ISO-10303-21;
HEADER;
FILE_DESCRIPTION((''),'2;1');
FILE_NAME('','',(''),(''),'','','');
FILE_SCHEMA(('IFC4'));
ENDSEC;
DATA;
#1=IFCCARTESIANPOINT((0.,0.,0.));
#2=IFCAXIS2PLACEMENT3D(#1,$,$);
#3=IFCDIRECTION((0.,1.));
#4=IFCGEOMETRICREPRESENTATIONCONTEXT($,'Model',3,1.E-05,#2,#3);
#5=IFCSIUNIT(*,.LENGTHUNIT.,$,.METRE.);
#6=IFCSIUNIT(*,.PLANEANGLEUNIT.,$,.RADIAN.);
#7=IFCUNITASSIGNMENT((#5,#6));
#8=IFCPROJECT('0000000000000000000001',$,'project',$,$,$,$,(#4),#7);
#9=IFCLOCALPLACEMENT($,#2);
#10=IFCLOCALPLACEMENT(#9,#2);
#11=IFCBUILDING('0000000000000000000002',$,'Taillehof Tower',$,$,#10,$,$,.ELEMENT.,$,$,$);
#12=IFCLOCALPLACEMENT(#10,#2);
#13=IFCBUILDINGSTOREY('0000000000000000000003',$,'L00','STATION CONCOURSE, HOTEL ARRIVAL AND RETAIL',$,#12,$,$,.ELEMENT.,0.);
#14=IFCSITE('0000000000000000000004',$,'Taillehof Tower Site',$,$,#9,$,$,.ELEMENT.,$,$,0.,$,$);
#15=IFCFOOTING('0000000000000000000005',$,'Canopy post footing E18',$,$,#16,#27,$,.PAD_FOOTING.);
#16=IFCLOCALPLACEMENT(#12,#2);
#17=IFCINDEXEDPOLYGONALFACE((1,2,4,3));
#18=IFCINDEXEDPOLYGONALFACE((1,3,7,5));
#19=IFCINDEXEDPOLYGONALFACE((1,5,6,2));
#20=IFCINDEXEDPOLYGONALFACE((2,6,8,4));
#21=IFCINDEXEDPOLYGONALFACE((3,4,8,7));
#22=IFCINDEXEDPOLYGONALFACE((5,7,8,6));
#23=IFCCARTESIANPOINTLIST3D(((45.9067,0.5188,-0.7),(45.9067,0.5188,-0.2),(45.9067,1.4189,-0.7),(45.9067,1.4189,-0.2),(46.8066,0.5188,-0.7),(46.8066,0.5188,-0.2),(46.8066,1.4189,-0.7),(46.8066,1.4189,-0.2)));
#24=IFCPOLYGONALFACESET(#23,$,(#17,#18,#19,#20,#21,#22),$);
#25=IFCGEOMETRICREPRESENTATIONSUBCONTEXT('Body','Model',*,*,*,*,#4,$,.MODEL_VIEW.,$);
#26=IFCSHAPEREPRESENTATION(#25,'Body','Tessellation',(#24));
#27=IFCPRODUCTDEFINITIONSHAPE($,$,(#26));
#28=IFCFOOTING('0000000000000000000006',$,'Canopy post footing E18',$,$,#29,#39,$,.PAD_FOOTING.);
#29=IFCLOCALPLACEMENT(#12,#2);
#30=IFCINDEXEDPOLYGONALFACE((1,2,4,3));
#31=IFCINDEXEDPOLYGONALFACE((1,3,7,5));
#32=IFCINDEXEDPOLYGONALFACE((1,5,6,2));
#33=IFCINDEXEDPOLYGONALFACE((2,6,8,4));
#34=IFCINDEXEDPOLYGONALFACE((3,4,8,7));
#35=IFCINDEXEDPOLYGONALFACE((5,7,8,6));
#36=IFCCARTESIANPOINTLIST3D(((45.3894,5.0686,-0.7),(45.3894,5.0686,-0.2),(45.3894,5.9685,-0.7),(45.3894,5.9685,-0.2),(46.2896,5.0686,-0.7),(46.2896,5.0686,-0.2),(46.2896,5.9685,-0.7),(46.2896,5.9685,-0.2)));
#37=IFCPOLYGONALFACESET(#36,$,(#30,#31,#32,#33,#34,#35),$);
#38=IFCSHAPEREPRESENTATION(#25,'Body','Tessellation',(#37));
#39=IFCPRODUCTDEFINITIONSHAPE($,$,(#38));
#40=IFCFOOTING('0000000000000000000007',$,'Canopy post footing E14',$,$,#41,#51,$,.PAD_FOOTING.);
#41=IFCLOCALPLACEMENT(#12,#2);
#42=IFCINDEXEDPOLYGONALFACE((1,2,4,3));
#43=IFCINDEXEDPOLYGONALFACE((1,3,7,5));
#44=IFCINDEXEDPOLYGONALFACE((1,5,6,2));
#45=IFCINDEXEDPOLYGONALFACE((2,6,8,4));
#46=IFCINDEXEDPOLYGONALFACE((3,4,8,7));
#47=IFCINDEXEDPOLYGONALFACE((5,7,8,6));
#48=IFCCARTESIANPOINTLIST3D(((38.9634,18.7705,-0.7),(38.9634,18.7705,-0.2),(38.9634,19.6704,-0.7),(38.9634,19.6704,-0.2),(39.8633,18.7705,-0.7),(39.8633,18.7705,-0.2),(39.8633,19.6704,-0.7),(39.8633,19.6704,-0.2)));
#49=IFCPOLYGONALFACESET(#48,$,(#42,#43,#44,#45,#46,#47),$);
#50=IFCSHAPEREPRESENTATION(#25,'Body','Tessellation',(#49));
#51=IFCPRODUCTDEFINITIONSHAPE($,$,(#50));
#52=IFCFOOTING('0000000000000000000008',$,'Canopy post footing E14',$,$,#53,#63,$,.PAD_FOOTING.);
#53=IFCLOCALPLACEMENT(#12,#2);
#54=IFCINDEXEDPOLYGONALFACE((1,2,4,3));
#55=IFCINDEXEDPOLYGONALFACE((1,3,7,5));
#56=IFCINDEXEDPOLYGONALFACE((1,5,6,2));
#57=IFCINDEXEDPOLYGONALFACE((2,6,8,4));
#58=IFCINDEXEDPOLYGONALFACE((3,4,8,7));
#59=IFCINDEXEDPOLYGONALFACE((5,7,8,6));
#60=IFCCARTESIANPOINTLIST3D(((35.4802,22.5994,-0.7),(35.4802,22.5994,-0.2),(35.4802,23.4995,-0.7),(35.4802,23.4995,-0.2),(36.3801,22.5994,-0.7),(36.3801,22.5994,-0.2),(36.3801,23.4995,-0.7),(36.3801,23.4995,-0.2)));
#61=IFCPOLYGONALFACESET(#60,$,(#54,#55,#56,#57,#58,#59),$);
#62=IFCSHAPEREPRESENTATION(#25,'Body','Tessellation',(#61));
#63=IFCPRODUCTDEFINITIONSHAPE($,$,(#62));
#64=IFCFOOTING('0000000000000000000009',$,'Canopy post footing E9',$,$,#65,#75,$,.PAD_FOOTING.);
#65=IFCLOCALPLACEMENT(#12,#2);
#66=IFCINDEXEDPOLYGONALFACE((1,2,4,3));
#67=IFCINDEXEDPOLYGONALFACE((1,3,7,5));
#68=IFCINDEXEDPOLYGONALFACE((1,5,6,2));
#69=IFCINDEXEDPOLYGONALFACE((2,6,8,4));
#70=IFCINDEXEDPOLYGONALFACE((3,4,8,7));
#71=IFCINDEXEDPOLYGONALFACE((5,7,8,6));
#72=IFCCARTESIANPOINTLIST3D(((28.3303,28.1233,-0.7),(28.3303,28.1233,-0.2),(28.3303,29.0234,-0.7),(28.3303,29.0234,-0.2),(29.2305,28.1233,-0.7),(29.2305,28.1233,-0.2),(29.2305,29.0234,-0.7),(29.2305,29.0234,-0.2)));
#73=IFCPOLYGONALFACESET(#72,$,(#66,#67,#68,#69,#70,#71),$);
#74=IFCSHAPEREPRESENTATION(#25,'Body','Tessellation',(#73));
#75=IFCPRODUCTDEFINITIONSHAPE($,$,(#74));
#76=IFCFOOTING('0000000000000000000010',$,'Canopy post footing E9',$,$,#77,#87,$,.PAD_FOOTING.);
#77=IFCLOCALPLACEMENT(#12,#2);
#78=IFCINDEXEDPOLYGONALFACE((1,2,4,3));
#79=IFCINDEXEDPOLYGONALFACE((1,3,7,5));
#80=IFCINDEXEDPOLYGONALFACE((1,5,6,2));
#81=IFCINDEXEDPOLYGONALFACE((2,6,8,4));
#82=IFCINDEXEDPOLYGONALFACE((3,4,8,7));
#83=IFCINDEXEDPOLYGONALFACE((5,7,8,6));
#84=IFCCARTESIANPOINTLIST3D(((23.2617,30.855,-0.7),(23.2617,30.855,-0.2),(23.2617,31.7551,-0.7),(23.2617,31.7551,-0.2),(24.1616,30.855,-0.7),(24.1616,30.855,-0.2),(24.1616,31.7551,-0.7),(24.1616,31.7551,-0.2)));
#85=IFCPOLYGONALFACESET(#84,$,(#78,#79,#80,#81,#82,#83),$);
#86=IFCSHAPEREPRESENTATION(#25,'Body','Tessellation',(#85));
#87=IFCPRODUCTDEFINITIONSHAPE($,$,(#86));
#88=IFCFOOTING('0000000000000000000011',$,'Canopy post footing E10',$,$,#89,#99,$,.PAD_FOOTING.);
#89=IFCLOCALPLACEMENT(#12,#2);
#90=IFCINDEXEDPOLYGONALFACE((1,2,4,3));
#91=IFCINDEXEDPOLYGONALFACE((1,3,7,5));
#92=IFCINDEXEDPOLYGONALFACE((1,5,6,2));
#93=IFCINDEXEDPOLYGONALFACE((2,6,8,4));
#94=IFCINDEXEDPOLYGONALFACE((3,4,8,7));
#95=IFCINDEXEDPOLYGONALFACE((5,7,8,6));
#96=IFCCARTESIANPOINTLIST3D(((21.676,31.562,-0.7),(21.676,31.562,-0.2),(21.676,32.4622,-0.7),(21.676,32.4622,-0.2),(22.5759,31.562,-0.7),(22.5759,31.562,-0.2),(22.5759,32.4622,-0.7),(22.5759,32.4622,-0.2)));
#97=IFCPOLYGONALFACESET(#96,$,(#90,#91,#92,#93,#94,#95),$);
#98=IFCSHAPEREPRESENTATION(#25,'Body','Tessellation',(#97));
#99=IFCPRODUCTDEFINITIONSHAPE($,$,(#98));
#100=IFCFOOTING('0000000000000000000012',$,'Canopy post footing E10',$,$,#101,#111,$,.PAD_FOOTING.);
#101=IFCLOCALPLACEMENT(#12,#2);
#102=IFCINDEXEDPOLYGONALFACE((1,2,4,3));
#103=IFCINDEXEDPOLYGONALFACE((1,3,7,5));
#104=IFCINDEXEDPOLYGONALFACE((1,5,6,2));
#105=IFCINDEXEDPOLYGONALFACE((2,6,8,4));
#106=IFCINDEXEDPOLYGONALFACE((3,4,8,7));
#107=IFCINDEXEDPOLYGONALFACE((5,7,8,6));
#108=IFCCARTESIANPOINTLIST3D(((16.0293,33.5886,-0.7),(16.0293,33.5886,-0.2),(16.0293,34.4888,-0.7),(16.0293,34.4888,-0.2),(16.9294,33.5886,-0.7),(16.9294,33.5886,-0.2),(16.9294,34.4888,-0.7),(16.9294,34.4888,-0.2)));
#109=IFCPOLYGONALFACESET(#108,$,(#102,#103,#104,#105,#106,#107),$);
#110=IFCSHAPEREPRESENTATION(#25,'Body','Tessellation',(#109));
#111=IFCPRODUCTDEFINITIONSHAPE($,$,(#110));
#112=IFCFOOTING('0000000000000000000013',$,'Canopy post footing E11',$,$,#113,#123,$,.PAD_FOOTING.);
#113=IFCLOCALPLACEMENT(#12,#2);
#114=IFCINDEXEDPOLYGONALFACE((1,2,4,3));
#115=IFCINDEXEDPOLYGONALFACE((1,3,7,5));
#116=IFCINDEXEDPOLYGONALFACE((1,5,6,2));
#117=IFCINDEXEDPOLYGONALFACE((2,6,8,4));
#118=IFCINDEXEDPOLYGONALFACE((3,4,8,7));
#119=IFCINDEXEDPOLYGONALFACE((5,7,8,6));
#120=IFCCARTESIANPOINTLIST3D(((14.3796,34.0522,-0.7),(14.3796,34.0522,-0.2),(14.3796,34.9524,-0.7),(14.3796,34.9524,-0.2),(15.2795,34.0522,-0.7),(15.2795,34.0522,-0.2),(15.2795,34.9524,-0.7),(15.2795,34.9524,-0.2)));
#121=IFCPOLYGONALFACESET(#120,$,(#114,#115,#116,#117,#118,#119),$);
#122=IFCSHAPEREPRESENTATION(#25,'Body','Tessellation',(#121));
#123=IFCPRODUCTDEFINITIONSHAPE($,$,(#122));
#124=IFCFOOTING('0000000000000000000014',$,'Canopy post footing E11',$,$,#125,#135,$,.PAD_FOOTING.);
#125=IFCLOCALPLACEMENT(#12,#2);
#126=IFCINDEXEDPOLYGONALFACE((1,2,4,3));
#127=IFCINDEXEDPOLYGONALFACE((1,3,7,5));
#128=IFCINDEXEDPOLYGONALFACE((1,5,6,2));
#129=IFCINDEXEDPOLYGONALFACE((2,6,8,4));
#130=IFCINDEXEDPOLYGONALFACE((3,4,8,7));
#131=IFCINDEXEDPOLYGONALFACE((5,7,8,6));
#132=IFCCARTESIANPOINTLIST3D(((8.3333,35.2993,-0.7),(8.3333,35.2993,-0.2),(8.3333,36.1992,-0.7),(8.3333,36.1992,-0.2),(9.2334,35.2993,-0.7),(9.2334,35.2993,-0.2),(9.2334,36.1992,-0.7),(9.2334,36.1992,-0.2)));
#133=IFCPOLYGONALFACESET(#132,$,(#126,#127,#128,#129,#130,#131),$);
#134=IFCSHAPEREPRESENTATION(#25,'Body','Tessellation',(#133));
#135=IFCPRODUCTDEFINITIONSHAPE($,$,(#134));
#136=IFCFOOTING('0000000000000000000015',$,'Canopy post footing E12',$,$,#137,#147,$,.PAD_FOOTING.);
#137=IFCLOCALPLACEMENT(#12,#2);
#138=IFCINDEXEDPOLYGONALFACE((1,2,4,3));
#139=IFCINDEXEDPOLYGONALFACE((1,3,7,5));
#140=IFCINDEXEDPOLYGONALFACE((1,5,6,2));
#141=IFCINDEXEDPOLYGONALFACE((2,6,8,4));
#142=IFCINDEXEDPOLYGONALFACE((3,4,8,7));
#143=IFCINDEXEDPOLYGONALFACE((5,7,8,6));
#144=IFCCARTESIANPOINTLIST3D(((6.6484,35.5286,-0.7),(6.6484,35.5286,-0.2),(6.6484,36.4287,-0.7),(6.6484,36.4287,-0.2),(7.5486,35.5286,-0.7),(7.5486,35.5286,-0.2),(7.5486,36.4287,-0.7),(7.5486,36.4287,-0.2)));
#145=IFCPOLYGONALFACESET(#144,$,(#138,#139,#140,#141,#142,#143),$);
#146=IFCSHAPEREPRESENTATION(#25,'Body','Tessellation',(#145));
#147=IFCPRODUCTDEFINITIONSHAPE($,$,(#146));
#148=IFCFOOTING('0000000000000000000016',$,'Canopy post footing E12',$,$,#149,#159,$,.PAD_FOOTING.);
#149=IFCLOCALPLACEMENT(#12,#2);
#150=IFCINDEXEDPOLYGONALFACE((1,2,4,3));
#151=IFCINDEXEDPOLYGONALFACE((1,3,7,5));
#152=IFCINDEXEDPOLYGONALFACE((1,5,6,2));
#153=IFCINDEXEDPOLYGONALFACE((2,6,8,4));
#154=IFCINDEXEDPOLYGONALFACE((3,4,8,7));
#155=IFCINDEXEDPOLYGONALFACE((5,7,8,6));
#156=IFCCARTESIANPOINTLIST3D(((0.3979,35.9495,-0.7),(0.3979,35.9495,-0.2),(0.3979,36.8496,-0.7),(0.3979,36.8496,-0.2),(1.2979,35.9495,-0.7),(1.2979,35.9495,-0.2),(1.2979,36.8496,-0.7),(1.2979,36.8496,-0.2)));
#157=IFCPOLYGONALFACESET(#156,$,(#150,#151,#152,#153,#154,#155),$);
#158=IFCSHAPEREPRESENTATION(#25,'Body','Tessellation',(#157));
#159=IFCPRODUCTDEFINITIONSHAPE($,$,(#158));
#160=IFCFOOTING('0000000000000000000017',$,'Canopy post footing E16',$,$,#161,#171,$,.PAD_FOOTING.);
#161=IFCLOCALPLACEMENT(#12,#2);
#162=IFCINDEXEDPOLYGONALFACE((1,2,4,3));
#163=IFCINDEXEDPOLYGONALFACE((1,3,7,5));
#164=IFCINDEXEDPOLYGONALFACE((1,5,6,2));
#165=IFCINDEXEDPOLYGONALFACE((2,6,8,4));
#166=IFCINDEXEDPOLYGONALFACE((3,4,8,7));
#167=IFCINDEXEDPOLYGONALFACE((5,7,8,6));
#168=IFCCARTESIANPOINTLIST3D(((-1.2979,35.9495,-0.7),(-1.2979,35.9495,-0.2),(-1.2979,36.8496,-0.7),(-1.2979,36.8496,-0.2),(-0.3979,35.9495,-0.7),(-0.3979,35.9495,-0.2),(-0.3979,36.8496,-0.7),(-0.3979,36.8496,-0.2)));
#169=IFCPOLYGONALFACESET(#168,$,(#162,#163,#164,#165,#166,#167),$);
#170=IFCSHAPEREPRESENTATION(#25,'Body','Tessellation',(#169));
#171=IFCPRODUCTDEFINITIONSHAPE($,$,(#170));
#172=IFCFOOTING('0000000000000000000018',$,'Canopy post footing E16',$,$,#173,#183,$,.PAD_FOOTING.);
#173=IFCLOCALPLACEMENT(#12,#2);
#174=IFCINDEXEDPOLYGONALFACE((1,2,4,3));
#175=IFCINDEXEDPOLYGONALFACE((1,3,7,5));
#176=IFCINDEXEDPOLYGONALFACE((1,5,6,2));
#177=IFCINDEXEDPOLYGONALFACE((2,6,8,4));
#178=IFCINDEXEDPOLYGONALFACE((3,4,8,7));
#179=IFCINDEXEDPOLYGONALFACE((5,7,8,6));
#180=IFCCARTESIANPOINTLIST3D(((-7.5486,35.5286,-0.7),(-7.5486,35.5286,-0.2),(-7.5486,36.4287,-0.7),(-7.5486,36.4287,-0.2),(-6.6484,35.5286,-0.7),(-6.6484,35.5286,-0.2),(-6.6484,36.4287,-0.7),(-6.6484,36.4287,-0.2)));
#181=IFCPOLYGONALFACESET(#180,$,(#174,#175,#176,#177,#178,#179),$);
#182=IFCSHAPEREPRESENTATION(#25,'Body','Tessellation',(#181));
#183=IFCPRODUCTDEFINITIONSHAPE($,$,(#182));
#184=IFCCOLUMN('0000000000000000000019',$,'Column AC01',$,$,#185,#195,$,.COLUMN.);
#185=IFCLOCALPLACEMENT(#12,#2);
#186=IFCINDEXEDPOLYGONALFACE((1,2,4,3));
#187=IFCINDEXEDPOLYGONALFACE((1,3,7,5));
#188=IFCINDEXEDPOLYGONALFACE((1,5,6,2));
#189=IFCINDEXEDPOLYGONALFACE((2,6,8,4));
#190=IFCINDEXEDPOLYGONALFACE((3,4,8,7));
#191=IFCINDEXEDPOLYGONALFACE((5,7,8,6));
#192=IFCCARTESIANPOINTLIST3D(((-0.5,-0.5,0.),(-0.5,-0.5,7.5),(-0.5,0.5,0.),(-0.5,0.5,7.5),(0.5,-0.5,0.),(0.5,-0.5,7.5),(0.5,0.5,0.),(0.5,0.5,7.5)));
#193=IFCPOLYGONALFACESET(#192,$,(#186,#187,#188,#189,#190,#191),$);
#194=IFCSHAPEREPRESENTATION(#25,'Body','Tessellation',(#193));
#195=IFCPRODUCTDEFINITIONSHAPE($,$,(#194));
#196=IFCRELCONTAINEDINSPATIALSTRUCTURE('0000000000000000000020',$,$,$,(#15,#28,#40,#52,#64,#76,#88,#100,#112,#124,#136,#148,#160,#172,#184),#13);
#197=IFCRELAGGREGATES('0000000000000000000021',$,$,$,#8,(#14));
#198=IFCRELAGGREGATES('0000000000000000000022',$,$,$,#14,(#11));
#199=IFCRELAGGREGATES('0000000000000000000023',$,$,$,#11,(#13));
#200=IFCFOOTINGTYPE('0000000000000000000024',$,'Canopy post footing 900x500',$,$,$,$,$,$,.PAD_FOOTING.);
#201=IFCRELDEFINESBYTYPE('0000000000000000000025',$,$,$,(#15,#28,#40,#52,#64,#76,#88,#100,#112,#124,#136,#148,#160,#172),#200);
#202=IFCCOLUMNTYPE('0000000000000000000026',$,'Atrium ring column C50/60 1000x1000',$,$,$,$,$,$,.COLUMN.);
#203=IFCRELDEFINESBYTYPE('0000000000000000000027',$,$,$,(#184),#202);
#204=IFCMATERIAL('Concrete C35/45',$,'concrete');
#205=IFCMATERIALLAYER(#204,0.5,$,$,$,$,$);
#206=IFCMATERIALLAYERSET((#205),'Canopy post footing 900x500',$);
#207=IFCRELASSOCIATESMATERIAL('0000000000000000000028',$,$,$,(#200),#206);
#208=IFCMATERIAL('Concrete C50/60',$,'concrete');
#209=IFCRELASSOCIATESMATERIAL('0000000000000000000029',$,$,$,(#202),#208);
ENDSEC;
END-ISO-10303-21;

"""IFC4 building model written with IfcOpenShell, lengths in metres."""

from ifc_helpers import new_model, si_unit, direction, frame, origin, origin_with_axes, origin_2d, place, context, subcontext, project, spatial, polyline, rectangle, outline, extrude, material, layer, layer_set, material_profile, profile_set, type_object, element, save


model = new_model("IFC4")

# Units and contexts
model_context = context("Model", 3, precision=1e-05, world=origin(), true_north=direction((0.0, 1.0)))
body_context = subcontext(model_context, "Body", "Model", "MODEL_VIEW")
ifc_project = project(units=[si_unit("LENGTHUNIT", "METRE"), si_unit("PLANEANGLEUNIT", "RADIAN")], contexts=[model_context])

# Site, building, storey
site_placement = place(None, origin())
site = spatial("IfcSite", under=ifc_project, at=site_placement, Name="Taillehof Tower Site", CompositionType="ELEMENT", RefElevation=0.0)
building_placement = place(site_placement, origin())
building = spatial("IfcBuilding", under=site, at=building_placement, Name="Taillehof Tower", CompositionType="ELEMENT")
storey_placement = place(building_placement, origin())
storey = spatial("IfcBuildingStorey", under=building, at=storey_placement, Name="L00", Description="STATION CONCOURSE, HOTEL ARRIVAL AND RETAIL", CompositionType="ELEMENT", Elevation=0.0)

# Footings
ifc_material_1 = material(Name="Concrete C35/45", Category="concrete")
ifc_layer_1 = layer(ifc_material_1, 0.5)
ifc_layer_set_1 = layer_set([ifc_layer_1], Name="Canopy post footing 900x500")
footing_type = type_object("IfcFootingType", Name="Canopy post footing 900x500", PredefinedType="PAD_FOOTING", material=ifc_layer_set_1)
footing_1_placement = place(storey_placement, frame((0.0, 0.0, -0.7)))
element("IfcFooting", 1, at=footing_1_placement, inside=storey, type_object=footing_type, Name="Canopy post footing E18", PredefinedType="PAD_FOOTING", context=body_context, shape_type="SweptSolid", body=[
    extrude(outline(polyline([(45.9067, 0.5188), (46.8066, 0.5188), (46.8066, 1.4189), (45.9067, 1.4189), (45.9067, 0.5188)])), origin(), (0.0, 0.0, 1.0), 0.5),
])
footing_2_placement = place(storey_placement, frame((0.0, 0.0, -0.7)))
element("IfcFooting", 2, at=footing_2_placement, inside=storey, type_object=footing_type, Name="Canopy post footing E18", PredefinedType="PAD_FOOTING", context=body_context, shape_type="SweptSolid", body=[
    extrude(outline(polyline([(45.3894, 5.0686), (46.2896, 5.0686), (46.2896, 5.9685), (45.3894, 5.9685), (45.3894, 5.0686)])), origin(), (0.0, 0.0, 1.0), 0.5),
])
footing_3_placement = place(storey_placement, frame((0.0, 0.0, -0.7)))
element("IfcFooting", 3, at=footing_3_placement, inside=storey, type_object=footing_type, Name="Canopy post footing E14", PredefinedType="PAD_FOOTING", context=body_context, shape_type="SweptSolid", body=[
    extrude(outline(polyline([(38.9634, 18.7705), (39.8633, 18.7705), (39.8633, 19.6704), (38.9634, 19.6704), (38.9634, 18.7705)])), origin(), (0.0, 0.0, 1.0), 0.5),
])
footing_4_placement = place(storey_placement, frame((0.0, 0.0, -0.7)))
element("IfcFooting", 4, at=footing_4_placement, inside=storey, type_object=footing_type, Name="Canopy post footing E14", PredefinedType="PAD_FOOTING", context=body_context, shape_type="SweptSolid", body=[
    extrude(outline(polyline([(35.4802, 22.5994), (36.3801, 22.5994), (36.3801, 23.4995), (35.4802, 23.4995), (35.4802, 22.5994)])), origin(), (0.0, 0.0, 1.0), 0.5),
])
footing_5_placement = place(storey_placement, frame((0.0, 0.0, -0.7)))
element("IfcFooting", 5, at=footing_5_placement, inside=storey, type_object=footing_type, Name="Canopy post footing E9", PredefinedType="PAD_FOOTING", context=body_context, shape_type="SweptSolid", body=[
    extrude(outline(polyline([(28.3303, 28.1233), (29.2305, 28.1233), (29.2305, 29.0234), (28.3303, 29.0234), (28.3303, 28.1233)])), origin(), (0.0, 0.0, 1.0), 0.5),
])
footing_6_placement = place(storey_placement, frame((0.0, 0.0, -0.7)))
element("IfcFooting", 6, at=footing_6_placement, inside=storey, type_object=footing_type, Name="Canopy post footing E9", PredefinedType="PAD_FOOTING", context=body_context, shape_type="SweptSolid", body=[
    extrude(outline(polyline([(23.2617, 30.855), (24.1616, 30.855), (24.1616, 31.7551), (23.2617, 31.7551), (23.2617, 30.855)])), origin(), (0.0, 0.0, 1.0), 0.5),
])
footing_7_placement = place(storey_placement, frame((0.0, 0.0, -0.7)))
element("IfcFooting", 7, at=footing_7_placement, inside=storey, type_object=footing_type, Name="Canopy post footing E10", PredefinedType="PAD_FOOTING", context=body_context, shape_type="SweptSolid", body=[
    extrude(outline(polyline([(21.676, 31.562), (22.5759, 31.562), (22.5759, 32.4622), (21.676, 32.4622), (21.676, 31.562)])), origin(), (0.0, 0.0, 1.0), 0.5),
])
footing_8_placement = place(storey_placement, frame((0.0, 0.0, -0.7)))
element("IfcFooting", 8, at=footing_8_placement, inside=storey, type_object=footing_type, Name="Canopy post footing E10", PredefinedType="PAD_FOOTING", context=body_context, shape_type="SweptSolid", body=[
    extrude(outline(polyline([(16.0293, 33.5886), (16.9294, 33.5886), (16.9294, 34.4888), (16.0293, 34.4888), (16.0293, 33.5886)])), origin(), (0.0, 0.0, 1.0), 0.5),
])
footing_9_placement = place(storey_placement, frame((0.0, 0.0, -0.7)))
element("IfcFooting", 9, at=footing_9_placement, inside=storey, type_object=footing_type, Name="Canopy post footing E11", PredefinedType="PAD_FOOTING", context=body_context, shape_type="SweptSolid", body=[
    extrude(outline(polyline([(14.3796, 34.0522), (15.2795, 34.0522), (15.2795, 34.9524), (14.3796, 34.9524), (14.3796, 34.0522)])), origin(), (0.0, 0.0, 1.0), 0.5),
])
footing_10_placement = place(storey_placement, frame((0.0, 0.0, -0.7)))
element("IfcFooting", 10, at=footing_10_placement, inside=storey, type_object=footing_type, Name="Canopy post footing E11", PredefinedType="PAD_FOOTING", context=body_context, shape_type="SweptSolid", body=[
    extrude(outline(polyline([(8.3333, 35.2993), (9.2334, 35.2993), (9.2334, 36.1992), (8.3333, 36.1992), (8.3333, 35.2993)])), origin(), (0.0, 0.0, 1.0), 0.5),
])
footing_11_placement = place(storey_placement, frame((0.0, 0.0, -0.7)))
element("IfcFooting", 11, at=footing_11_placement, inside=storey, type_object=footing_type, Name="Canopy post footing E12", PredefinedType="PAD_FOOTING", context=body_context, shape_type="SweptSolid", body=[
    extrude(outline(polyline([(6.6484, 35.5286), (7.5486, 35.5286), (7.5486, 36.4287), (6.6484, 36.4287), (6.6484, 35.5286)])), origin(), (0.0, 0.0, 1.0), 0.5),
])
footing_12_placement = place(storey_placement, frame((0.0, 0.0, -0.7)))
element("IfcFooting", 12, at=footing_12_placement, inside=storey, type_object=footing_type, Name="Canopy post footing E12", PredefinedType="PAD_FOOTING", context=body_context, shape_type="SweptSolid", body=[
    extrude(outline(polyline([(0.3979, 35.9495), (1.2979, 35.9495), (1.2979, 36.8496), (0.3979, 36.8496), (0.3979, 35.9495)])), origin(), (0.0, 0.0, 1.0), 0.5),
])
footing_13_placement = place(storey_placement, frame((0.0, 0.0, -0.7)))
element("IfcFooting", 13, at=footing_13_placement, inside=storey, type_object=footing_type, Name="Canopy post footing E16", PredefinedType="PAD_FOOTING", context=body_context, shape_type="SweptSolid", body=[
    extrude(outline(polyline([(-1.2979, 35.9495), (-0.3979, 35.9495), (-0.3979, 36.8496), (-1.2979, 36.8496), (-1.2979, 35.9495)])), origin(), (0.0, 0.0, 1.0), 0.5),
])
footing_14_placement = place(storey_placement, frame((0.0, 0.0, -0.7)))
element("IfcFooting", 14, at=footing_14_placement, inside=storey, type_object=footing_type, Name="Canopy post footing E16", PredefinedType="PAD_FOOTING", context=body_context, shape_type="SweptSolid", body=[
    extrude(outline(polyline([(-7.5486, 35.5286), (-6.6484, 35.5286), (-6.6484, 36.4287), (-7.5486, 36.4287), (-7.5486, 35.5286)])), origin(), (0.0, 0.0, 1.0), 0.5),
])

# Column
ifc_material_2 = material(Name="Concrete C50/60", Category="concrete")
ifc_material_profile_1 = material_profile(ifc_material_2, rectangle(XDim=1.0, YDim=1.0, at=origin_2d()), Name="RC 1000x1000")
ifc_profile_set_1 = profile_set([ifc_material_profile_1], Name="Concrete C50/60")
column_type_1 = type_object("IfcColumnType", Name="Atrium ring column C50/60 1000x1000", PredefinedType="COLUMN", material=ifc_profile_set_1)
column_1_placement = place(storey_placement, origin_with_axes())
element("IfcColumn", 15, at=column_1_placement, inside=storey, type_object=column_type_1, Name="Column AC01", PredefinedType="COLUMN", context=body_context, shape_type="SweptSolid", body=[
    extrude(rectangle(XDim=1.0, YDim=1.0, at=origin_2d()), origin(), (0.0, 0.0, 1.0), 7.5),
])

save(model, "model.ifc")
